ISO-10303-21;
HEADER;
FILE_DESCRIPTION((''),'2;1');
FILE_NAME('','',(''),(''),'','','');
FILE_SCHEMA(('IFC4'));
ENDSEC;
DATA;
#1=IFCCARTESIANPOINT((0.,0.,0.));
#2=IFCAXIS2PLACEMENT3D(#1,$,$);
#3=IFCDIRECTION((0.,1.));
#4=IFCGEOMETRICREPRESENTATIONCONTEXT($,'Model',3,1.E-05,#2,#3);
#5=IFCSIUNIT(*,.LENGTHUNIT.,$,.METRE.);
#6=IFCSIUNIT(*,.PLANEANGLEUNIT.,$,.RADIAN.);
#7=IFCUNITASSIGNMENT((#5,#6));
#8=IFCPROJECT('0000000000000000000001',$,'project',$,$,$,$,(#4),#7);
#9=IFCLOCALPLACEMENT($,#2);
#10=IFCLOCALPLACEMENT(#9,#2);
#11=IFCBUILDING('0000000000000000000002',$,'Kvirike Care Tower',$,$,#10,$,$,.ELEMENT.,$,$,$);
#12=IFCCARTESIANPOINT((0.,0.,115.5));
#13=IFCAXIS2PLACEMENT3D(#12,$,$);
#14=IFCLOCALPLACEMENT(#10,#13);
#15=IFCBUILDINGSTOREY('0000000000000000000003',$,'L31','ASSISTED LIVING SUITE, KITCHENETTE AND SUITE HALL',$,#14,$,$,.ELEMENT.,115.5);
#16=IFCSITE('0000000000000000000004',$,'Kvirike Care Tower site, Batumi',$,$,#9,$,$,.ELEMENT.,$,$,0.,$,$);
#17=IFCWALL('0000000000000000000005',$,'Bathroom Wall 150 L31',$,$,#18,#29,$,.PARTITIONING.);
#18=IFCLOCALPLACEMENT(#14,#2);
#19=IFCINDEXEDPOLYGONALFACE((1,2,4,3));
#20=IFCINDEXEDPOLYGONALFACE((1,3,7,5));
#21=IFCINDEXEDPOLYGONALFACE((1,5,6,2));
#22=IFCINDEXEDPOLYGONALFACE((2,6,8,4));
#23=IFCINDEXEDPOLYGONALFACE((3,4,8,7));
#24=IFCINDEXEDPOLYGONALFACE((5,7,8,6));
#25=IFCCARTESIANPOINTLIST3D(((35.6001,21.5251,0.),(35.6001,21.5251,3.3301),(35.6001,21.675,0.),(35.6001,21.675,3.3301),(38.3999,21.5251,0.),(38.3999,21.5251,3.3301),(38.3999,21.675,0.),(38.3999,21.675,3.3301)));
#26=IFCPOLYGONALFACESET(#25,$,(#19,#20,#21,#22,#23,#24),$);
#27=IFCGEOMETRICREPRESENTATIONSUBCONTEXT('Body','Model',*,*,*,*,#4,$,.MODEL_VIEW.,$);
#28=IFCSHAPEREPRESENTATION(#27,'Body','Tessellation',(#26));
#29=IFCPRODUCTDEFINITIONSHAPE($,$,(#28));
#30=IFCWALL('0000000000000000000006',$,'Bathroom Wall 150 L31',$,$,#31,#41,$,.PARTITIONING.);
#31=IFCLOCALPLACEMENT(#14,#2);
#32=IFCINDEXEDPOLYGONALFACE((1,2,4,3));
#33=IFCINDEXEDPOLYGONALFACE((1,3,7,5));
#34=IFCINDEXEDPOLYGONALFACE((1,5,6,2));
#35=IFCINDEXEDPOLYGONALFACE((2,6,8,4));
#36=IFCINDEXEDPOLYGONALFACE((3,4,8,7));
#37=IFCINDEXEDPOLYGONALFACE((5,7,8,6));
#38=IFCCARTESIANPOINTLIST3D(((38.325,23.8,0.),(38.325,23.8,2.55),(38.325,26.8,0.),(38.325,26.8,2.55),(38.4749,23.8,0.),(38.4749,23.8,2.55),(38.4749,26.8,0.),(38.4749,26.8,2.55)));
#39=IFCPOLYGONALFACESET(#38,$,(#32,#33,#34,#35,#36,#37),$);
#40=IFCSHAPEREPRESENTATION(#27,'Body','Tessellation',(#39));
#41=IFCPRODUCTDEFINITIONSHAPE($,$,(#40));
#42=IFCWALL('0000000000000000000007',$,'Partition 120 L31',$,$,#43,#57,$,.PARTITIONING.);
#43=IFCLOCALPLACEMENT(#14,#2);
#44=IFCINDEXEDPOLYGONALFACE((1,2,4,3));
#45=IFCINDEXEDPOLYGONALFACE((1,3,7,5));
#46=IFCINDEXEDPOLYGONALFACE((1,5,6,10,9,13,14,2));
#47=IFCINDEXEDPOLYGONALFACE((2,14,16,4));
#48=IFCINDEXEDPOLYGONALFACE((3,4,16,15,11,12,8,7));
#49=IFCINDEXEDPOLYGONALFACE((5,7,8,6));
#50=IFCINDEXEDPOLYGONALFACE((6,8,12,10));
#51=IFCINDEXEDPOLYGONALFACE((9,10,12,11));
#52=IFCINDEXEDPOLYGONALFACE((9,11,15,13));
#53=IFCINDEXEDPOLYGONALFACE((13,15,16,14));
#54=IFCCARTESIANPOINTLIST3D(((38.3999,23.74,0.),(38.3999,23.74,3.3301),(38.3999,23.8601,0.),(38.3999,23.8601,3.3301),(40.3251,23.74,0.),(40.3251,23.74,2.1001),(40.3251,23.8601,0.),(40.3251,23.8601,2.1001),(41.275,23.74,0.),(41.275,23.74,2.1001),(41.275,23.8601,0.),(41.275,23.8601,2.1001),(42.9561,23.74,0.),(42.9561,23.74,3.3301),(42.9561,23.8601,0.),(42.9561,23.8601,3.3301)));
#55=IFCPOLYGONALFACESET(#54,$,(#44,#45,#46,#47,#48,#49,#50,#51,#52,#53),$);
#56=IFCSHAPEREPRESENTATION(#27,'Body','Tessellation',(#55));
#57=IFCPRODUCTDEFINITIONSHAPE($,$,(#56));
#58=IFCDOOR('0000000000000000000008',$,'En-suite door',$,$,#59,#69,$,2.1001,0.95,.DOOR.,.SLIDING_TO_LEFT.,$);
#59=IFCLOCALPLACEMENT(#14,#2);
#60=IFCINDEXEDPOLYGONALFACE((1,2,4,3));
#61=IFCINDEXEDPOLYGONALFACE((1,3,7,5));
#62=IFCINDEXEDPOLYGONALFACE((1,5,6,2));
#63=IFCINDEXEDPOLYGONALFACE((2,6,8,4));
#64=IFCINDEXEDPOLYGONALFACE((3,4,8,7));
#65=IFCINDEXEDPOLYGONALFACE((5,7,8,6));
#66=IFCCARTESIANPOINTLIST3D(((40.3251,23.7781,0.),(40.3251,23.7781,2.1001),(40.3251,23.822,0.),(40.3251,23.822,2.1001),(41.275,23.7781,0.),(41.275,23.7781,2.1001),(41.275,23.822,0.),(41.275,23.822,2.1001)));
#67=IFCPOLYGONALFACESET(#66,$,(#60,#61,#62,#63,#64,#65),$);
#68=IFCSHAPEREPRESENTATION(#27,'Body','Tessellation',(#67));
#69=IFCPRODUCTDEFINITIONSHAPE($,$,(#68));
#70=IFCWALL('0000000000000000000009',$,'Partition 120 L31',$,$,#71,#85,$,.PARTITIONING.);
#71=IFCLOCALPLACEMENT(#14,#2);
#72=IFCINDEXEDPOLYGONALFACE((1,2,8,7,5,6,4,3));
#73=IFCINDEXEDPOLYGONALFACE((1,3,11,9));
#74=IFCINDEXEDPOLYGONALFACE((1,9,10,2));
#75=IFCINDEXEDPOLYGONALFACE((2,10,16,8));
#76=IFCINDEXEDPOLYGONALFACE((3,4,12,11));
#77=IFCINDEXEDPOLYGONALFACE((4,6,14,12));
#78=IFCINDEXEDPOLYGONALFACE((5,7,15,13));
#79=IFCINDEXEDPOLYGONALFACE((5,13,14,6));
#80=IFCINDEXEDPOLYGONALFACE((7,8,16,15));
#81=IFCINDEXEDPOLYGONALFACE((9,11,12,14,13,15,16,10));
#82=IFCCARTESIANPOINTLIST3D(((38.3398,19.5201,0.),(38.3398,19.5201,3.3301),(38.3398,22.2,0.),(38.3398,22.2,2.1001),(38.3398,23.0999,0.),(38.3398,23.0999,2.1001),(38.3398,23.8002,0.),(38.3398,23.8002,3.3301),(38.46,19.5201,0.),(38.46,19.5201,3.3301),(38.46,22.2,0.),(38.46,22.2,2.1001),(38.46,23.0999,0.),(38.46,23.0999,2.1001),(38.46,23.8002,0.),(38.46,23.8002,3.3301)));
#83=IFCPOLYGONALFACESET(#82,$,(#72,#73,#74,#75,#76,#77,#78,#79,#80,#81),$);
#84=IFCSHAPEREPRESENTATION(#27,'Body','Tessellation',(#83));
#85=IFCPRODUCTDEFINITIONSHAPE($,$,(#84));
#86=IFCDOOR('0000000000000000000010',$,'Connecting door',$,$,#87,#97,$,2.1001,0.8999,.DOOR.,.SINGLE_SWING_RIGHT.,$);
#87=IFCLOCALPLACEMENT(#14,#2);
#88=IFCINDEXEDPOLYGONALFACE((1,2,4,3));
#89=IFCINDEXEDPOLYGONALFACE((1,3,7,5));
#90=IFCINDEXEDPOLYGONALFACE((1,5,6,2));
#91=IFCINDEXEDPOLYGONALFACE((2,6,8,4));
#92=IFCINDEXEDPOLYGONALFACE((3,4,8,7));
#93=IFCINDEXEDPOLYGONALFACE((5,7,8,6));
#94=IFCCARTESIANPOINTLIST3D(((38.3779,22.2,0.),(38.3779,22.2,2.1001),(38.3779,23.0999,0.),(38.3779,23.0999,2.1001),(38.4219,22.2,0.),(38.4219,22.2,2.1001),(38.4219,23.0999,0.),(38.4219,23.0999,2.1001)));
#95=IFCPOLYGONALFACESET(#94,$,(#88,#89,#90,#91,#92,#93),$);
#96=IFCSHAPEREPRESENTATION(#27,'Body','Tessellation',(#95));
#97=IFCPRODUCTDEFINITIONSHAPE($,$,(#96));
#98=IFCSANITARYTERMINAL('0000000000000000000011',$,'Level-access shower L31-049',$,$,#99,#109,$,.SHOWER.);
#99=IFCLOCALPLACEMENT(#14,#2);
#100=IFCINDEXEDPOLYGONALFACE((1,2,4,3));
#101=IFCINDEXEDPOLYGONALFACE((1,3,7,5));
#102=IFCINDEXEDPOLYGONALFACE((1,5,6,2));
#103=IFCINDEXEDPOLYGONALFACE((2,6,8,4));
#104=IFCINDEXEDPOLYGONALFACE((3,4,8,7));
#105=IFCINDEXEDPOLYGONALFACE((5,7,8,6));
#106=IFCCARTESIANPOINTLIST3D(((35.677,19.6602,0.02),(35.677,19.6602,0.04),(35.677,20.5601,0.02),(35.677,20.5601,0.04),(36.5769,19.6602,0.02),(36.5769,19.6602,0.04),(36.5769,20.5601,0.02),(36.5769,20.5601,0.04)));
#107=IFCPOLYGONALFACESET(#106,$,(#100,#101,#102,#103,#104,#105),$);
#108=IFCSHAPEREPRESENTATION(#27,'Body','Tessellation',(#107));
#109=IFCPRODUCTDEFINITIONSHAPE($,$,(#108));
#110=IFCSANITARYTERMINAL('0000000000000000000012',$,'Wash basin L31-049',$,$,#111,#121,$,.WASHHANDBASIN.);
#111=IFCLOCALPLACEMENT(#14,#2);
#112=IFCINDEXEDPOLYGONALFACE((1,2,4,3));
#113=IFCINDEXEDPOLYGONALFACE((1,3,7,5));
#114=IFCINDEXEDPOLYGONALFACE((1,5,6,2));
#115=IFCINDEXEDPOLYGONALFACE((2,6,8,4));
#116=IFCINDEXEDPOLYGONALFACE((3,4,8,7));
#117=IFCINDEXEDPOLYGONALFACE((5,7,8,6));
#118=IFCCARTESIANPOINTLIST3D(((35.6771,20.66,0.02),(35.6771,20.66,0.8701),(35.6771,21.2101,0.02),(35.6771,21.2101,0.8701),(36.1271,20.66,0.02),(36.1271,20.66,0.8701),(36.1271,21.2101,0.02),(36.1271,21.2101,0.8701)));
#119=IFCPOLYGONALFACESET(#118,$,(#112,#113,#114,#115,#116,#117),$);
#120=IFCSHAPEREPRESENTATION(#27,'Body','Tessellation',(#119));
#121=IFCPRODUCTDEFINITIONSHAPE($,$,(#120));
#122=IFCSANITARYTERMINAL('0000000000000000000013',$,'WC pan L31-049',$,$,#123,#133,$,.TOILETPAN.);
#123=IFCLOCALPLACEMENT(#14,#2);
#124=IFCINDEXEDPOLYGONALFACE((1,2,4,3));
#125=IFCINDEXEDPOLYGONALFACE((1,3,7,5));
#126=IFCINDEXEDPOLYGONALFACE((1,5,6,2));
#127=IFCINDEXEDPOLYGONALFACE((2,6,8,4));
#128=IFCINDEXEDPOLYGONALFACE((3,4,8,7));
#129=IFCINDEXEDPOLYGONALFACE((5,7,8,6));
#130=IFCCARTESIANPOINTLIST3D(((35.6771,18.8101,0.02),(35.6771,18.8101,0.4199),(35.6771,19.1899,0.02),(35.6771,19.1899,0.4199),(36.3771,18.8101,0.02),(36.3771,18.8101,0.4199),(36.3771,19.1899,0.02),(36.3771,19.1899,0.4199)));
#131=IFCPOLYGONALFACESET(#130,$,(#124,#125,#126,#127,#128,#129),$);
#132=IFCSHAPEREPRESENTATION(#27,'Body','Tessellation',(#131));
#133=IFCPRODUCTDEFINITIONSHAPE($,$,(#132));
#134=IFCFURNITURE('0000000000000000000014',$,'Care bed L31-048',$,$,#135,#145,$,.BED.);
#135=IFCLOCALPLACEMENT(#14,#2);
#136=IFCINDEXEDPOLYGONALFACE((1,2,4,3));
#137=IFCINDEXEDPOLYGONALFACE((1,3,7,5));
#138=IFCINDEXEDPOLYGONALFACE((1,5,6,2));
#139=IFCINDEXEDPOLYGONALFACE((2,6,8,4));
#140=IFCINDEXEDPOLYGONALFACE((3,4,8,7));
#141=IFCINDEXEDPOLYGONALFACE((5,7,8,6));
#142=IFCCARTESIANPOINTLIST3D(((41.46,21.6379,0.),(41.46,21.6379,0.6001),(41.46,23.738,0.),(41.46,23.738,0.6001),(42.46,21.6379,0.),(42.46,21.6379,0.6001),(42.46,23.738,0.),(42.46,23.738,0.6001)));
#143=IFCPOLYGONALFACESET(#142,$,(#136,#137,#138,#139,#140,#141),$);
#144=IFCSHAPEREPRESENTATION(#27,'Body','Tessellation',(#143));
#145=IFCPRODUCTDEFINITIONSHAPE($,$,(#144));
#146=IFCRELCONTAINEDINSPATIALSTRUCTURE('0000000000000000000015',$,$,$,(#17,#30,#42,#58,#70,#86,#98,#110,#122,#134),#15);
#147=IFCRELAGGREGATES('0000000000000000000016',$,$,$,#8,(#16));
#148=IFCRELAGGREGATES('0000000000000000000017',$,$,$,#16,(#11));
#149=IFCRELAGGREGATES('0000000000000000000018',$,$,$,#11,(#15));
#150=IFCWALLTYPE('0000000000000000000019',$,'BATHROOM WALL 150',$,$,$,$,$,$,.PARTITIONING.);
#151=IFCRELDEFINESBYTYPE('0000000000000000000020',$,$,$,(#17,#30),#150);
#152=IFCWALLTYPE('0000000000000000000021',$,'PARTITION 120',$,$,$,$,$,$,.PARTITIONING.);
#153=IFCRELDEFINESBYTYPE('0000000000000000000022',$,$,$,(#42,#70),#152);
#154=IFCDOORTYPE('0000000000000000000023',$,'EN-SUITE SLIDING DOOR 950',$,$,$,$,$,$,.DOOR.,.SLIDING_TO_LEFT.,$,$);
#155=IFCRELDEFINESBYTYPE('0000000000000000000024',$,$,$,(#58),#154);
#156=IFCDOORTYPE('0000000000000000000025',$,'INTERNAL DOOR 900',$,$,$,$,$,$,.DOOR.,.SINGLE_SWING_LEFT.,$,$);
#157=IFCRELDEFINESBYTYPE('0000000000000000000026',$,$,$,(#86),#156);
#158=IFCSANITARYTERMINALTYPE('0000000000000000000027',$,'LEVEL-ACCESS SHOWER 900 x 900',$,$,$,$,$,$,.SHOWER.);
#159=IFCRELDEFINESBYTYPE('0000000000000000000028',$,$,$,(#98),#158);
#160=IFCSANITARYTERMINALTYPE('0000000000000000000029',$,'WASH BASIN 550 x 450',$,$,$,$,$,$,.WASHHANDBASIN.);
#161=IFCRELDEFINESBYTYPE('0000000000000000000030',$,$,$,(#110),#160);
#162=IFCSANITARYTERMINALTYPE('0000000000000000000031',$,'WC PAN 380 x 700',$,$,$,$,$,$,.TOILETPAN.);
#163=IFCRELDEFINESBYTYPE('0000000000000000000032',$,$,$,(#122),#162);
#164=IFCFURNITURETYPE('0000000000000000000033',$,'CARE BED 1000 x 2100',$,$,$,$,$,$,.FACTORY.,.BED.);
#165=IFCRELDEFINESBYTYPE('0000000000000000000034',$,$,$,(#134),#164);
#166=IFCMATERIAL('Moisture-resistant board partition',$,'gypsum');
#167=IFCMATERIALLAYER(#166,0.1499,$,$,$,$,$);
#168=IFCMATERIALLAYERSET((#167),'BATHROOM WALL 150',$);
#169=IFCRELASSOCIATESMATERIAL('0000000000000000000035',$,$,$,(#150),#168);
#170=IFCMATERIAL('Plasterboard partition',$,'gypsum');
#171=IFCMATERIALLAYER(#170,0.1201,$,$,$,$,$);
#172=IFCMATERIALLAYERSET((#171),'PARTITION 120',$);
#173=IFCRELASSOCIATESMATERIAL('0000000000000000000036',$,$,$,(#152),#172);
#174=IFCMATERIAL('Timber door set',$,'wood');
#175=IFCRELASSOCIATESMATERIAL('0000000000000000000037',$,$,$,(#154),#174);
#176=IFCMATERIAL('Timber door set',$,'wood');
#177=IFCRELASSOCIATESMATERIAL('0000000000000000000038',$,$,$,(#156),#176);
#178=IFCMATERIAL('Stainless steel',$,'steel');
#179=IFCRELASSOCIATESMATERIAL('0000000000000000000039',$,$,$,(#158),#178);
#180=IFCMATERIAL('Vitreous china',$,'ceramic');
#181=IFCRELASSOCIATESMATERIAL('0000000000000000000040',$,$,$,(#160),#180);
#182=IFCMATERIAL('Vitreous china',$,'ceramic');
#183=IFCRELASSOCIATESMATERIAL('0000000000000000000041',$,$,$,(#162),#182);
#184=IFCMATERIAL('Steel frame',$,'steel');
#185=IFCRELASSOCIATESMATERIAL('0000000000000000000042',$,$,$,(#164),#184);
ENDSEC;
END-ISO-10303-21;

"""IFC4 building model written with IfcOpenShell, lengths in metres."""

from ifc_helpers import new_model, si_unit, direction, frame, frame_2d, origin, origin_2d, place, context, subcontext, project, spatial, rectangle, extrude, material, layer, layer_set, type_object, element, fill, save


model = new_model("IFC4")

# Units and contexts
model_context = context("Model", 3, precision=1e-05, world=origin(), true_north=direction((0.0, 1.0)))
body_context = subcontext(model_context, "Body", "Model", "MODEL_VIEW")
ifc_project = project(units=[si_unit("LENGTHUNIT", "METRE"), si_unit("PLANEANGLEUNIT", "RADIAN")], contexts=[model_context])

# Site, building, storey
site_placement = place(None, origin())
site = spatial("IfcSite", under=ifc_project, at=site_placement, Name="Kvirike Care Tower site, Batumi", CompositionType="ELEMENT", RefElevation=0.0)
building_placement = place(site_placement, origin())
building = spatial("IfcBuilding", under=site, at=building_placement, Name="Kvirike Care Tower", CompositionType="ELEMENT")
storey_placement = place(building_placement, frame((0.0, 0.0, 115.5)))
storey = spatial("IfcBuildingStorey", under=building, at=storey_placement, Name="L31", Description="ASSISTED LIVING SUITE, KITCHENETTE AND SUITE HALL", CompositionType="ELEMENT", Elevation=115.5)

# Walls
ifc_material_1 = material(Name="Moisture-resistant board partition", Category="gypsum")
ifc_layer_1 = layer(ifc_material_1, 0.1499)
ifc_layer_set_1 = layer_set([ifc_layer_1], Name="BATHROOM WALL 150")
wall_type_1 = type_object("IfcWallType", Name="BATHROOM WALL 150", PredefinedType="PARTITIONING", material=ifc_layer_set_1)
wall_1_placement = place(storey_placement, frame((35.6001, 21.6001, 0.0), z_axis=(0.0, 0.0, 1.0), x_axis=(1.0, 0.0, 0.0)))
element("IfcWall", 1, at=wall_1_placement, inside=storey, type_object=wall_type_1, Name="Bathroom Wall 150 L31", PredefinedType="PARTITIONING", context=body_context, shape_type="SweptSolid", body=[
    extrude(rectangle(XDim=2.7998, YDim=0.1499, at=frame_2d((1.3999, 0.0))), origin(), (0.0, 0.0, 1.0), 3.3301),
])
wall_2_placement = place(storey_placement, frame((38.3999, 23.8, 0.0), z_axis=(0.0, 0.0, 1.0), x_axis=(0.0, 1.0, 0.0)))
element("IfcWall", 2, at=wall_2_placement, inside=storey, type_object=wall_type_1, Name="Bathroom Wall 150 L31", PredefinedType="PARTITIONING", context=body_context, shape_type="SweptSolid", body=[
    extrude(rectangle(XDim=3.0, YDim=0.1499, at=frame_2d((1.5, 0.0))), origin(), (0.0, 0.0, 1.0), 2.55),
])

# Walls, openings, doors
ifc_material_2 = material(Name="Plasterboard partition", Category="gypsum")
ifc_layer_2 = layer(ifc_material_2, 0.1201)
ifc_layer_set_2 = layer_set([ifc_layer_2], Name="PARTITION 120")
wall_type_2 = type_object("IfcWallType", Name="PARTITION 120", PredefinedType="PARTITIONING", material=ifc_layer_set_2)
wall_3_placement = place(storey_placement, frame((38.3999, 23.8, 0.0), z_axis=(0.0, 0.0, 1.0), x_axis=(1.0, 0.0, 0.0)))
wall_3 = element("IfcWall", 3, at=wall_3_placement, inside=storey, type_object=wall_type_2, Name="Partition 120 L31", PredefinedType="PARTITIONING", context=body_context, shape_type="SweptSolid", body=[
    extrude(rectangle(XDim=4.5562, YDim=0.1201, at=frame_2d((2.2781, 0.0))), origin(), (0.0, 0.0, 1.0), 3.3301),
])
opening_1_placement = place(wall_3_placement, frame((1.925, 0.0, 0.0)))
opening_1 = element("IfcOpeningElement", 4, at=opening_1_placement, cuts=wall_3, PredefinedType="OPENING", context=body_context, shape_type="SweptSolid", body=[
    extrude(rectangle(XDim=0.95, YDim=2.1001, at=frame_2d((0.4751, 1.05))), frame((0.0, 0.0706, 0.0), z_axis=(0.0, -1.0, 0.0), x_axis=(1.0, 0.0, 0.0)), (0.0, 0.0, 1.0), 0.1411),
])
ifc_material_3 = material(Name="Timber door set", Category="wood")
door_type_1 = type_object("IfcDoorType", Name="EN-SUITE SLIDING DOOR 950", OperationType="SLIDING_TO_LEFT", PredefinedType="DOOR", material=ifc_material_3)
door_1_placement = place(opening_1_placement, origin())
door_1 = element("IfcDoor", 5, at=door_1_placement, inside=storey, type_object=door_type_1, Name="En-suite door", OperationType="SLIDING_TO_LEFT", OverallHeight=2.1001, OverallWidth=0.95, PredefinedType="DOOR", context=body_context, shape_type="SweptSolid", body=[
    extrude(rectangle(XDim=0.95, YDim=2.1001, at=frame_2d((0.4751, 1.05))), frame((0.0, 0.022, 0.0), z_axis=(0.0, -1.0, 0.0), x_axis=(1.0, 0.0, 0.0)), (0.0, 0.0, 1.0), 0.0439),
])
fill(opening_1, door_1)
wall_4_placement = place(storey_placement, frame((38.3999, 19.52, 0.0), z_axis=(0.0, 0.0, 1.0), x_axis=(0.0, 1.0, 0.0)))
wall_4 = element("IfcWall", 6, at=wall_4_placement, inside=storey, type_object=wall_type_2, Name="Partition 120 L31", PredefinedType="PARTITIONING", context=body_context, shape_type="SweptSolid", body=[
    extrude(rectangle(XDim=4.28, YDim=0.1201, at=frame_2d((2.1401, 0.0))), origin(), (0.0, 0.0, 1.0), 3.3301),
])
opening_2_placement = place(wall_4_placement, frame((2.6799, 0.0, 0.0)))
opening_2 = element("IfcOpeningElement", 7, at=opening_2_placement, cuts=wall_4, PredefinedType="OPENING", context=body_context, shape_type="SweptSolid", body=[
    extrude(rectangle(XDim=0.8999, YDim=2.1001, at=frame_2d((0.45, 1.05))), frame((0.0, 0.0706, 0.0), z_axis=(0.0, -1.0, 0.0), x_axis=(1.0, 0.0, 0.0)), (0.0, 0.0, 1.0), 0.1411),
])
ifc_material_4 = material(Name="Timber door set", Category="wood")
door_type_2 = type_object("IfcDoorType", Name="INTERNAL DOOR 900", OperationType="SINGLE_SWING_LEFT", PredefinedType="DOOR", material=ifc_material_4)
door_2_placement = place(opening_2_placement, frame((0.8999, 0.0, 0.0), z_axis=(0.0, 0.0, 1.0), x_axis=(-1.0, 0.0, 0.0)))
door_2 = element("IfcDoor", 8, at=door_2_placement, inside=storey, type_object=door_type_2, Name="Connecting door", OperationType="SINGLE_SWING_RIGHT", OverallHeight=2.1001, OverallWidth=0.8999, PredefinedType="DOOR", context=body_context, shape_type="SweptSolid", body=[
    extrude(rectangle(XDim=0.8999, YDim=2.1001, at=frame_2d((0.45, 1.05))), frame((0.0, 0.022, 0.0), z_axis=(0.0, -1.0, 0.0), x_axis=(1.0, 0.0, 0.0)), (0.0, 0.0, 1.0), 0.0439),
])
fill(opening_2, door_2)

# Sanitary terminals
ifc_material_5 = material(Name="Stainless steel", Category="steel")
sanitary_terminal_type_1 = type_object("IfcSanitaryTerminalType", Name="LEVEL-ACCESS SHOWER 900 x 900", PredefinedType="SHOWER", material=ifc_material_5)
sanitary_terminal_1_placement = place(storey_placement, frame((36.127, 20.1101, 0.02), z_axis=(0.0, 0.0, 1.0), x_axis=(0.0, 1.0, 0.0)))
element("IfcSanitaryTerminal", 9, at=sanitary_terminal_1_placement, inside=storey, type_object=sanitary_terminal_type_1, Name="Level-access shower L31-049", PredefinedType="SHOWER", context=body_context, shape_type="SweptSolid", body=[
    extrude(rectangle(XDim=0.8999, YDim=0.8999, at=origin_2d()), origin(), (0.0, 0.0, 1.0), 0.02),
])
ifc_material_6 = material(Name="Vitreous china", Category="ceramic")
sanitary_terminal_type_2 = type_object("IfcSanitaryTerminalType", Name="WASH BASIN 550 x 450", PredefinedType="WASHHANDBASIN", material=ifc_material_6)
sanitary_terminal_2_placement = place(storey_placement, frame((35.9021, 20.9351, 0.02), z_axis=(0.0, 0.0, 1.0), x_axis=(0.0, 1.0, 0.0)))
element("IfcSanitaryTerminal", 10, at=sanitary_terminal_2_placement, inside=storey, type_object=sanitary_terminal_type_2, Name="Wash basin L31-049", PredefinedType="WASHHANDBASIN", context=body_context, shape_type="SweptSolid", body=[
    extrude(rectangle(XDim=0.55, YDim=0.45, at=origin_2d()), origin(), (0.0, 0.0, 1.0), 0.8501),
])
ifc_material_7 = material(Name="Vitreous china", Category="ceramic")
sanitary_terminal_type_3 = type_object("IfcSanitaryTerminalType", Name="WC PAN 380 x 700", PredefinedType="TOILETPAN", material=ifc_material_7)
sanitary_terminal_3_placement = place(storey_placement, frame((36.0271, 19.0, 0.02), z_axis=(0.0, 0.0, 1.0), x_axis=(0.0, 1.0, 0.0)))
element("IfcSanitaryTerminal", 11, at=sanitary_terminal_3_placement, inside=storey, type_object=sanitary_terminal_type_3, Name="WC pan L31-049", PredefinedType="TOILETPAN", context=body_context, shape_type="SweptSolid", body=[
    extrude(rectangle(XDim=0.3799, YDim=0.7, at=origin_2d()), origin(), (0.0, 0.0, 1.0), 0.3999),
])

# Furniture
ifc_material_8 = material(Name="Steel frame", Category="steel")
furniture_type = type_object("IfcFurnitureType", Name="CARE BED 1000 x 2100", AssemblyPlace="FACTORY", PredefinedType="BED", material=ifc_material_8)
furniture_placement = place(storey_placement, frame((41.96, 22.688, 0.0), z_axis=(0.0, 0.0, 1.0), x_axis=(1.0, 0.0, 0.0)))
element("IfcFurniture", 12, at=furniture_placement, inside=storey, type_object=furniture_type, Name="Care bed L31-048", PredefinedType="BED", context=body_context, shape_type="SweptSolid", body=[
    extrude(rectangle(XDim=1.0, YDim=2.1001, at=origin_2d()), origin(), (0.0, 0.0, 1.0), 0.6001),
])

save(model, "model.ifc")
